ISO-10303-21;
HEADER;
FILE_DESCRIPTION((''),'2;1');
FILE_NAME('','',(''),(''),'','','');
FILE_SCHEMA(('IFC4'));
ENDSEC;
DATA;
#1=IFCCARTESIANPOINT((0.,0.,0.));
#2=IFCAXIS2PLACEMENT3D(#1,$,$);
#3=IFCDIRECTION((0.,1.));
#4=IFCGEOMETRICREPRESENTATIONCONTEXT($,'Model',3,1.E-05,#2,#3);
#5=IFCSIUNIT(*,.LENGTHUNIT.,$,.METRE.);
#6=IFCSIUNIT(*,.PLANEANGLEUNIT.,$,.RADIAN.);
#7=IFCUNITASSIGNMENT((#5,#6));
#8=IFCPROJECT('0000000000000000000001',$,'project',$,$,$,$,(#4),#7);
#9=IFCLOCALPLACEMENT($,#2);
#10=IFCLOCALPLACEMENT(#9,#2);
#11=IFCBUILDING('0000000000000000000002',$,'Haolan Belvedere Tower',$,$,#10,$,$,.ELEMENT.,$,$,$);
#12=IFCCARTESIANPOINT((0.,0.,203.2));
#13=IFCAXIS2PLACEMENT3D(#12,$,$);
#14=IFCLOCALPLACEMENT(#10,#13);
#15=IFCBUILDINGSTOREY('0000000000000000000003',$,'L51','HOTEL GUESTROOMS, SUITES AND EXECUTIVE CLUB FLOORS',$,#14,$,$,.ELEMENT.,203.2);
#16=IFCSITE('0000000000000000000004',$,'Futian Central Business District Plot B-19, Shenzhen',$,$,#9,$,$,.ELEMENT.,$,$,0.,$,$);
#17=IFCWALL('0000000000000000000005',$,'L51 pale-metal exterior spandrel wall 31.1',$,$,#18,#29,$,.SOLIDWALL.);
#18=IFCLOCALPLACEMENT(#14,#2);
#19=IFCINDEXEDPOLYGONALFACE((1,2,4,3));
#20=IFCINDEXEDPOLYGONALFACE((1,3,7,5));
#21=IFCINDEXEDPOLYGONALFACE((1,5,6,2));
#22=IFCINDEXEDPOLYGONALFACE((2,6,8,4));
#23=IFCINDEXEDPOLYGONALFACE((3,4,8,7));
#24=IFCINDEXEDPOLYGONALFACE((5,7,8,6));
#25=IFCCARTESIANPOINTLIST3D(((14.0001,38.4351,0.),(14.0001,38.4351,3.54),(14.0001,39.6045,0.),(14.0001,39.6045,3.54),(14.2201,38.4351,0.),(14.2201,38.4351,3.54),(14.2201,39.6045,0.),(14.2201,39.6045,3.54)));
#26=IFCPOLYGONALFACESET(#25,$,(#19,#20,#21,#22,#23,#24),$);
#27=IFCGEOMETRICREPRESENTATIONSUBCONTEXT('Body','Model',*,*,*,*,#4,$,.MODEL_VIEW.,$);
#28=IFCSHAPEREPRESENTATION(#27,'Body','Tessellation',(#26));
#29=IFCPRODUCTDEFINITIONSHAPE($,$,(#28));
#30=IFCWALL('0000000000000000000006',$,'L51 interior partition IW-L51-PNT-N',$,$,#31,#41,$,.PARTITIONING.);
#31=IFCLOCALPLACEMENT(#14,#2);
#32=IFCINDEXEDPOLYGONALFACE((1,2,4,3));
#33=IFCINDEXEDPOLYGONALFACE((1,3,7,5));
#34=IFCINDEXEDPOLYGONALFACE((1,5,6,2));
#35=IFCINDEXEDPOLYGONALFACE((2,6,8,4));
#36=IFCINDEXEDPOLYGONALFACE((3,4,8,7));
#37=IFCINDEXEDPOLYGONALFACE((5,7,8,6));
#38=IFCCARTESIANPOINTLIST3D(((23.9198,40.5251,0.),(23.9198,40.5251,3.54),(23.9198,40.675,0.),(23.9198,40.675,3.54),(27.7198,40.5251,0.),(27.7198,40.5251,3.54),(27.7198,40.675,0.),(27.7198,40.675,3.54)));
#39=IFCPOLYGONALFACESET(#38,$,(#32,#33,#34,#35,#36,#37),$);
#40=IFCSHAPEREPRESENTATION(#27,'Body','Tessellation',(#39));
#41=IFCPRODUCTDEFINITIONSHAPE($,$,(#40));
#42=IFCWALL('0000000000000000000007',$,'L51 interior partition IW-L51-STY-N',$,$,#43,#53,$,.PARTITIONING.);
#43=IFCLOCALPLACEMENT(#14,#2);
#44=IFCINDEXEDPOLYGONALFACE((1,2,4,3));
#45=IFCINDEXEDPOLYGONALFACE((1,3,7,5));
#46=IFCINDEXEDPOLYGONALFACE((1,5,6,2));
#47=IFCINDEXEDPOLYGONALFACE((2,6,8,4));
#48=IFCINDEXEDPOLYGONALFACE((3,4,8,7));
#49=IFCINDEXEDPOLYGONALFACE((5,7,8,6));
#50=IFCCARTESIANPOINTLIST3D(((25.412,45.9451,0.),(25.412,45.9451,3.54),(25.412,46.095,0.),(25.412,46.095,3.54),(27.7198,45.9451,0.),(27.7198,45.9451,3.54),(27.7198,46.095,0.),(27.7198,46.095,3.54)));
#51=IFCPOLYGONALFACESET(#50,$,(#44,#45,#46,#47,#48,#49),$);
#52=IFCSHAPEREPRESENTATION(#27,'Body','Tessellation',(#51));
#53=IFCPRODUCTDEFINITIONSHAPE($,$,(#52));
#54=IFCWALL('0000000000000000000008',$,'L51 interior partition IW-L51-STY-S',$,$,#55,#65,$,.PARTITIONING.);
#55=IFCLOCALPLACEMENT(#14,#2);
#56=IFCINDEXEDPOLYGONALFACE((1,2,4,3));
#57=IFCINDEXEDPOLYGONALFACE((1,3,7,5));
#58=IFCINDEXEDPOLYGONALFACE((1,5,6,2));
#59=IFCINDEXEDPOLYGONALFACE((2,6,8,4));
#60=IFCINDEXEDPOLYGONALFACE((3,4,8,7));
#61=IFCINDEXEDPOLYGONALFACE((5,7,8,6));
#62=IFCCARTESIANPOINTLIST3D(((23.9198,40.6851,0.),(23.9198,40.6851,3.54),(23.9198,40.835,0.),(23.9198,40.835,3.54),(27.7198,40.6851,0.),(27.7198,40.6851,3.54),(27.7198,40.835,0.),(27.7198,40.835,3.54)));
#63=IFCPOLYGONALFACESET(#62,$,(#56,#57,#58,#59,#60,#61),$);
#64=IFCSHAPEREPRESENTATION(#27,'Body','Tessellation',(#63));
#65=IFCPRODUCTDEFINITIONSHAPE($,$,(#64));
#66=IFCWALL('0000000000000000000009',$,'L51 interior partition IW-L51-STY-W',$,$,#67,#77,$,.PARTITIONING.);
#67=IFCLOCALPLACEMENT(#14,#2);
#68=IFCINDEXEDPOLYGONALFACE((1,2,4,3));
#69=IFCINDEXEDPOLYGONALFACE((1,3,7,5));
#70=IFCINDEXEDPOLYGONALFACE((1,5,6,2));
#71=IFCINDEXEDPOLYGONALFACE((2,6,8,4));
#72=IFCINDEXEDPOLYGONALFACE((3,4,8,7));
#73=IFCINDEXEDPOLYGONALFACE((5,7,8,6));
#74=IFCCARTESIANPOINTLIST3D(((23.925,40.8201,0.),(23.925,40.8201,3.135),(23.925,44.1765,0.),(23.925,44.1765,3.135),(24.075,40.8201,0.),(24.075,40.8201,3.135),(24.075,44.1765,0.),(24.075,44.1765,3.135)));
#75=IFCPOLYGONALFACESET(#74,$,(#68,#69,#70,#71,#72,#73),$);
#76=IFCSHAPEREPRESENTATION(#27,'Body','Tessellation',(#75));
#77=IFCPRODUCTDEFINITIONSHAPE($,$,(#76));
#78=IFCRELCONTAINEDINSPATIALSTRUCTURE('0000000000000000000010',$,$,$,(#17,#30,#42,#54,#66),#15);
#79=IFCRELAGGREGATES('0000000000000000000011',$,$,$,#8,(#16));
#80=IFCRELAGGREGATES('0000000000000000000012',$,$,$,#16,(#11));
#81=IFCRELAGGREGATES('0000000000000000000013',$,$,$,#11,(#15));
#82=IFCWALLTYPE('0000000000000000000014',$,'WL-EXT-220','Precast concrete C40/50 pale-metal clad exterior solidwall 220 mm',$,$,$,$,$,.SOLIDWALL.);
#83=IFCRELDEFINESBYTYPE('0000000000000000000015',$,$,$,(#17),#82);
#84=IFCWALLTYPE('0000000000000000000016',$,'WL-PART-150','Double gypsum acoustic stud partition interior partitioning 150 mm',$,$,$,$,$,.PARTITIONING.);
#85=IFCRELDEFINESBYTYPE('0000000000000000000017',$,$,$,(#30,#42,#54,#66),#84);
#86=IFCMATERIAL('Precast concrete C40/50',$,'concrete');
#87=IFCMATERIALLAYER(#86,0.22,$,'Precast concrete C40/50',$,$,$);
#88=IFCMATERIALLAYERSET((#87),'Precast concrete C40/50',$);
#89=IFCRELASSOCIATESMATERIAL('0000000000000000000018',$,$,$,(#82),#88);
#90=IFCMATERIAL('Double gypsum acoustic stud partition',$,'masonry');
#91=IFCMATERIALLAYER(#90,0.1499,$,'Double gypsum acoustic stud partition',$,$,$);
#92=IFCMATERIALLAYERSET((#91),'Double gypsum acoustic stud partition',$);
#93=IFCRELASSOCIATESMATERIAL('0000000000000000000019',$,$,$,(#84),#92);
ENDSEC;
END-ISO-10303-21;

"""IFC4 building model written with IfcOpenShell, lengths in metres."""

from ifc_helpers import new_model, si_unit, direction, frame, frame_2d, origin, place, context, subcontext, project, spatial, rectangle, extrude, material, layer, layer_set, type_object, element, save


model = new_model("IFC4")

# Units and contexts
model_context = context("Model", 3, precision=1e-05, world=origin(), true_north=direction((0.0, 1.0)))
body_context = subcontext(model_context, "Body", "Model", "MODEL_VIEW")
ifc_project = project(units=[si_unit("LENGTHUNIT", "METRE"), si_unit("PLANEANGLEUNIT", "RADIAN")], contexts=[model_context])

# Site, building, storey
site_placement = place(None, origin())
site = spatial("IfcSite", under=ifc_project, at=site_placement, Name="Futian Central Business District Plot B-19, Shenzhen", CompositionType="ELEMENT", RefElevation=0.0)
building_placement = place(site_placement, origin())
building = spatial("IfcBuilding", under=site, at=building_placement, Name="Haolan Belvedere Tower", CompositionType="ELEMENT")
storey_placement = place(building_placement, frame((0.0, 0.0, 203.2)))
storey = spatial("IfcBuildingStorey", under=building, at=storey_placement, Name="L51", Description="HOTEL GUESTROOMS, SUITES AND EXECUTIVE CLUB FLOORS", CompositionType="ELEMENT", Elevation=203.2)

# Shared definitions
ifc_material_1 = material(Name="Precast concrete C40/50", Category="concrete")
ifc_layer_1 = layer(ifc_material_1, 0.22, Name="Precast concrete C40/50")
ifc_layer_set_1 = layer_set([ifc_layer_1], Name="Precast concrete C40/50")
wall_type_1 = type_object("IfcWallType", Name="WL-EXT-220", Description="Precast concrete C40/50 pale-metal clad exterior solidwall 220 mm", PredefinedType="SOLIDWALL", material=ifc_layer_set_1)

# Walls
wall_1_placement = place(storey_placement, frame((14.1101, 39.6045, 0.0), z_axis=(0.0, 0.0, 1.0), x_axis=(0.0, -1.0, 0.0)))
element("IfcWall", 1, at=wall_1_placement, inside=storey, type_object=wall_type_1, Name="L51 pale-metal exterior spandrel wall 31.1", PredefinedType="SOLIDWALL", context=body_context, shape_type="SweptSolid", body=[
    extrude(rectangle(XDim=1.1694, YDim=0.22, at=frame_2d((0.5847, 0.0))), origin(), (0.0, 0.0, 1.0), 3.54),
])
ifc_material_2 = material(Name="Double gypsum acoustic stud partition", Category="masonry")
ifc_layer_2 = layer(ifc_material_2, 0.1499, Name="Double gypsum acoustic stud partition")
ifc_layer_set_2 = layer_set([ifc_layer_2], Name="Double gypsum acoustic stud partition")
wall_type_2 = type_object("IfcWallType", Name="WL-PART-150", Description="Double gypsum acoustic stud partition interior partitioning 150 mm", PredefinedType="PARTITIONING", material=ifc_layer_set_2)
wall_2_placement = place(storey_placement, frame((23.9199, 40.6001, 0.0), z_axis=(0.0, 0.0, 1.0), x_axis=(1.0, 0.0, 0.0)))
element("IfcWall", 2, at=wall_2_placement, inside=storey, type_object=wall_type_2, Name="L51 interior partition IW-L51-PNT-N", PredefinedType="PARTITIONING", context=body_context, shape_type="SweptSolid", body=[
    extrude(rectangle(XDim=3.8, YDim=0.1499, at=frame_2d((1.8999, 0.0))), origin(), (0.0, 0.0, 1.0), 3.54),
])
wall_3_placement = place(storey_placement, frame((25.4121, 46.02, 0.0), z_axis=(0.0, 0.0, 1.0), x_axis=(1.0, 0.0, 0.0)))
element("IfcWall", 3, at=wall_3_placement, inside=storey, type_object=wall_type_2, Name="L51 interior partition IW-L51-STY-N", PredefinedType="PARTITIONING", context=body_context, shape_type="SweptSolid", body=[
    extrude(rectangle(XDim=2.3079, YDim=0.1499, at=frame_2d((1.1538, 0.0))), origin(), (0.0, 0.0, 1.0), 3.54),
])
wall_4_placement = place(storey_placement, frame((23.9199, 40.76, 0.0), z_axis=(0.0, 0.0, 1.0), x_axis=(1.0, 0.0, 0.0)))
element("IfcWall", 4, at=wall_4_placement, inside=storey, type_object=wall_type_2, Name="L51 interior partition IW-L51-STY-S", PredefinedType="PARTITIONING", context=body_context, shape_type="SweptSolid", body=[
    extrude(rectangle(XDim=3.8, YDim=0.1499, at=frame_2d((1.8999, 0.0))), origin(), (0.0, 0.0, 1.0), 3.54),
])
wall_5_placement = place(storey_placement, frame((24.0, 40.8201, 0.0), z_axis=(0.0, 0.0, 1.0), x_axis=(0.0, 1.0, 0.0)))
element("IfcWall", 5, at=wall_5_placement, inside=storey, type_object=wall_type_2, Name="L51 interior partition IW-L51-STY-W", PredefinedType="PARTITIONING", context=body_context, shape_type="SweptSolid", body=[
    extrude(rectangle(XDim=3.3564, YDim=0.1499, at=frame_2d((1.6782, 0.0))), origin(), (0.0, 0.0, 1.0), 3.135),
])

save(model, "model.ifc")
